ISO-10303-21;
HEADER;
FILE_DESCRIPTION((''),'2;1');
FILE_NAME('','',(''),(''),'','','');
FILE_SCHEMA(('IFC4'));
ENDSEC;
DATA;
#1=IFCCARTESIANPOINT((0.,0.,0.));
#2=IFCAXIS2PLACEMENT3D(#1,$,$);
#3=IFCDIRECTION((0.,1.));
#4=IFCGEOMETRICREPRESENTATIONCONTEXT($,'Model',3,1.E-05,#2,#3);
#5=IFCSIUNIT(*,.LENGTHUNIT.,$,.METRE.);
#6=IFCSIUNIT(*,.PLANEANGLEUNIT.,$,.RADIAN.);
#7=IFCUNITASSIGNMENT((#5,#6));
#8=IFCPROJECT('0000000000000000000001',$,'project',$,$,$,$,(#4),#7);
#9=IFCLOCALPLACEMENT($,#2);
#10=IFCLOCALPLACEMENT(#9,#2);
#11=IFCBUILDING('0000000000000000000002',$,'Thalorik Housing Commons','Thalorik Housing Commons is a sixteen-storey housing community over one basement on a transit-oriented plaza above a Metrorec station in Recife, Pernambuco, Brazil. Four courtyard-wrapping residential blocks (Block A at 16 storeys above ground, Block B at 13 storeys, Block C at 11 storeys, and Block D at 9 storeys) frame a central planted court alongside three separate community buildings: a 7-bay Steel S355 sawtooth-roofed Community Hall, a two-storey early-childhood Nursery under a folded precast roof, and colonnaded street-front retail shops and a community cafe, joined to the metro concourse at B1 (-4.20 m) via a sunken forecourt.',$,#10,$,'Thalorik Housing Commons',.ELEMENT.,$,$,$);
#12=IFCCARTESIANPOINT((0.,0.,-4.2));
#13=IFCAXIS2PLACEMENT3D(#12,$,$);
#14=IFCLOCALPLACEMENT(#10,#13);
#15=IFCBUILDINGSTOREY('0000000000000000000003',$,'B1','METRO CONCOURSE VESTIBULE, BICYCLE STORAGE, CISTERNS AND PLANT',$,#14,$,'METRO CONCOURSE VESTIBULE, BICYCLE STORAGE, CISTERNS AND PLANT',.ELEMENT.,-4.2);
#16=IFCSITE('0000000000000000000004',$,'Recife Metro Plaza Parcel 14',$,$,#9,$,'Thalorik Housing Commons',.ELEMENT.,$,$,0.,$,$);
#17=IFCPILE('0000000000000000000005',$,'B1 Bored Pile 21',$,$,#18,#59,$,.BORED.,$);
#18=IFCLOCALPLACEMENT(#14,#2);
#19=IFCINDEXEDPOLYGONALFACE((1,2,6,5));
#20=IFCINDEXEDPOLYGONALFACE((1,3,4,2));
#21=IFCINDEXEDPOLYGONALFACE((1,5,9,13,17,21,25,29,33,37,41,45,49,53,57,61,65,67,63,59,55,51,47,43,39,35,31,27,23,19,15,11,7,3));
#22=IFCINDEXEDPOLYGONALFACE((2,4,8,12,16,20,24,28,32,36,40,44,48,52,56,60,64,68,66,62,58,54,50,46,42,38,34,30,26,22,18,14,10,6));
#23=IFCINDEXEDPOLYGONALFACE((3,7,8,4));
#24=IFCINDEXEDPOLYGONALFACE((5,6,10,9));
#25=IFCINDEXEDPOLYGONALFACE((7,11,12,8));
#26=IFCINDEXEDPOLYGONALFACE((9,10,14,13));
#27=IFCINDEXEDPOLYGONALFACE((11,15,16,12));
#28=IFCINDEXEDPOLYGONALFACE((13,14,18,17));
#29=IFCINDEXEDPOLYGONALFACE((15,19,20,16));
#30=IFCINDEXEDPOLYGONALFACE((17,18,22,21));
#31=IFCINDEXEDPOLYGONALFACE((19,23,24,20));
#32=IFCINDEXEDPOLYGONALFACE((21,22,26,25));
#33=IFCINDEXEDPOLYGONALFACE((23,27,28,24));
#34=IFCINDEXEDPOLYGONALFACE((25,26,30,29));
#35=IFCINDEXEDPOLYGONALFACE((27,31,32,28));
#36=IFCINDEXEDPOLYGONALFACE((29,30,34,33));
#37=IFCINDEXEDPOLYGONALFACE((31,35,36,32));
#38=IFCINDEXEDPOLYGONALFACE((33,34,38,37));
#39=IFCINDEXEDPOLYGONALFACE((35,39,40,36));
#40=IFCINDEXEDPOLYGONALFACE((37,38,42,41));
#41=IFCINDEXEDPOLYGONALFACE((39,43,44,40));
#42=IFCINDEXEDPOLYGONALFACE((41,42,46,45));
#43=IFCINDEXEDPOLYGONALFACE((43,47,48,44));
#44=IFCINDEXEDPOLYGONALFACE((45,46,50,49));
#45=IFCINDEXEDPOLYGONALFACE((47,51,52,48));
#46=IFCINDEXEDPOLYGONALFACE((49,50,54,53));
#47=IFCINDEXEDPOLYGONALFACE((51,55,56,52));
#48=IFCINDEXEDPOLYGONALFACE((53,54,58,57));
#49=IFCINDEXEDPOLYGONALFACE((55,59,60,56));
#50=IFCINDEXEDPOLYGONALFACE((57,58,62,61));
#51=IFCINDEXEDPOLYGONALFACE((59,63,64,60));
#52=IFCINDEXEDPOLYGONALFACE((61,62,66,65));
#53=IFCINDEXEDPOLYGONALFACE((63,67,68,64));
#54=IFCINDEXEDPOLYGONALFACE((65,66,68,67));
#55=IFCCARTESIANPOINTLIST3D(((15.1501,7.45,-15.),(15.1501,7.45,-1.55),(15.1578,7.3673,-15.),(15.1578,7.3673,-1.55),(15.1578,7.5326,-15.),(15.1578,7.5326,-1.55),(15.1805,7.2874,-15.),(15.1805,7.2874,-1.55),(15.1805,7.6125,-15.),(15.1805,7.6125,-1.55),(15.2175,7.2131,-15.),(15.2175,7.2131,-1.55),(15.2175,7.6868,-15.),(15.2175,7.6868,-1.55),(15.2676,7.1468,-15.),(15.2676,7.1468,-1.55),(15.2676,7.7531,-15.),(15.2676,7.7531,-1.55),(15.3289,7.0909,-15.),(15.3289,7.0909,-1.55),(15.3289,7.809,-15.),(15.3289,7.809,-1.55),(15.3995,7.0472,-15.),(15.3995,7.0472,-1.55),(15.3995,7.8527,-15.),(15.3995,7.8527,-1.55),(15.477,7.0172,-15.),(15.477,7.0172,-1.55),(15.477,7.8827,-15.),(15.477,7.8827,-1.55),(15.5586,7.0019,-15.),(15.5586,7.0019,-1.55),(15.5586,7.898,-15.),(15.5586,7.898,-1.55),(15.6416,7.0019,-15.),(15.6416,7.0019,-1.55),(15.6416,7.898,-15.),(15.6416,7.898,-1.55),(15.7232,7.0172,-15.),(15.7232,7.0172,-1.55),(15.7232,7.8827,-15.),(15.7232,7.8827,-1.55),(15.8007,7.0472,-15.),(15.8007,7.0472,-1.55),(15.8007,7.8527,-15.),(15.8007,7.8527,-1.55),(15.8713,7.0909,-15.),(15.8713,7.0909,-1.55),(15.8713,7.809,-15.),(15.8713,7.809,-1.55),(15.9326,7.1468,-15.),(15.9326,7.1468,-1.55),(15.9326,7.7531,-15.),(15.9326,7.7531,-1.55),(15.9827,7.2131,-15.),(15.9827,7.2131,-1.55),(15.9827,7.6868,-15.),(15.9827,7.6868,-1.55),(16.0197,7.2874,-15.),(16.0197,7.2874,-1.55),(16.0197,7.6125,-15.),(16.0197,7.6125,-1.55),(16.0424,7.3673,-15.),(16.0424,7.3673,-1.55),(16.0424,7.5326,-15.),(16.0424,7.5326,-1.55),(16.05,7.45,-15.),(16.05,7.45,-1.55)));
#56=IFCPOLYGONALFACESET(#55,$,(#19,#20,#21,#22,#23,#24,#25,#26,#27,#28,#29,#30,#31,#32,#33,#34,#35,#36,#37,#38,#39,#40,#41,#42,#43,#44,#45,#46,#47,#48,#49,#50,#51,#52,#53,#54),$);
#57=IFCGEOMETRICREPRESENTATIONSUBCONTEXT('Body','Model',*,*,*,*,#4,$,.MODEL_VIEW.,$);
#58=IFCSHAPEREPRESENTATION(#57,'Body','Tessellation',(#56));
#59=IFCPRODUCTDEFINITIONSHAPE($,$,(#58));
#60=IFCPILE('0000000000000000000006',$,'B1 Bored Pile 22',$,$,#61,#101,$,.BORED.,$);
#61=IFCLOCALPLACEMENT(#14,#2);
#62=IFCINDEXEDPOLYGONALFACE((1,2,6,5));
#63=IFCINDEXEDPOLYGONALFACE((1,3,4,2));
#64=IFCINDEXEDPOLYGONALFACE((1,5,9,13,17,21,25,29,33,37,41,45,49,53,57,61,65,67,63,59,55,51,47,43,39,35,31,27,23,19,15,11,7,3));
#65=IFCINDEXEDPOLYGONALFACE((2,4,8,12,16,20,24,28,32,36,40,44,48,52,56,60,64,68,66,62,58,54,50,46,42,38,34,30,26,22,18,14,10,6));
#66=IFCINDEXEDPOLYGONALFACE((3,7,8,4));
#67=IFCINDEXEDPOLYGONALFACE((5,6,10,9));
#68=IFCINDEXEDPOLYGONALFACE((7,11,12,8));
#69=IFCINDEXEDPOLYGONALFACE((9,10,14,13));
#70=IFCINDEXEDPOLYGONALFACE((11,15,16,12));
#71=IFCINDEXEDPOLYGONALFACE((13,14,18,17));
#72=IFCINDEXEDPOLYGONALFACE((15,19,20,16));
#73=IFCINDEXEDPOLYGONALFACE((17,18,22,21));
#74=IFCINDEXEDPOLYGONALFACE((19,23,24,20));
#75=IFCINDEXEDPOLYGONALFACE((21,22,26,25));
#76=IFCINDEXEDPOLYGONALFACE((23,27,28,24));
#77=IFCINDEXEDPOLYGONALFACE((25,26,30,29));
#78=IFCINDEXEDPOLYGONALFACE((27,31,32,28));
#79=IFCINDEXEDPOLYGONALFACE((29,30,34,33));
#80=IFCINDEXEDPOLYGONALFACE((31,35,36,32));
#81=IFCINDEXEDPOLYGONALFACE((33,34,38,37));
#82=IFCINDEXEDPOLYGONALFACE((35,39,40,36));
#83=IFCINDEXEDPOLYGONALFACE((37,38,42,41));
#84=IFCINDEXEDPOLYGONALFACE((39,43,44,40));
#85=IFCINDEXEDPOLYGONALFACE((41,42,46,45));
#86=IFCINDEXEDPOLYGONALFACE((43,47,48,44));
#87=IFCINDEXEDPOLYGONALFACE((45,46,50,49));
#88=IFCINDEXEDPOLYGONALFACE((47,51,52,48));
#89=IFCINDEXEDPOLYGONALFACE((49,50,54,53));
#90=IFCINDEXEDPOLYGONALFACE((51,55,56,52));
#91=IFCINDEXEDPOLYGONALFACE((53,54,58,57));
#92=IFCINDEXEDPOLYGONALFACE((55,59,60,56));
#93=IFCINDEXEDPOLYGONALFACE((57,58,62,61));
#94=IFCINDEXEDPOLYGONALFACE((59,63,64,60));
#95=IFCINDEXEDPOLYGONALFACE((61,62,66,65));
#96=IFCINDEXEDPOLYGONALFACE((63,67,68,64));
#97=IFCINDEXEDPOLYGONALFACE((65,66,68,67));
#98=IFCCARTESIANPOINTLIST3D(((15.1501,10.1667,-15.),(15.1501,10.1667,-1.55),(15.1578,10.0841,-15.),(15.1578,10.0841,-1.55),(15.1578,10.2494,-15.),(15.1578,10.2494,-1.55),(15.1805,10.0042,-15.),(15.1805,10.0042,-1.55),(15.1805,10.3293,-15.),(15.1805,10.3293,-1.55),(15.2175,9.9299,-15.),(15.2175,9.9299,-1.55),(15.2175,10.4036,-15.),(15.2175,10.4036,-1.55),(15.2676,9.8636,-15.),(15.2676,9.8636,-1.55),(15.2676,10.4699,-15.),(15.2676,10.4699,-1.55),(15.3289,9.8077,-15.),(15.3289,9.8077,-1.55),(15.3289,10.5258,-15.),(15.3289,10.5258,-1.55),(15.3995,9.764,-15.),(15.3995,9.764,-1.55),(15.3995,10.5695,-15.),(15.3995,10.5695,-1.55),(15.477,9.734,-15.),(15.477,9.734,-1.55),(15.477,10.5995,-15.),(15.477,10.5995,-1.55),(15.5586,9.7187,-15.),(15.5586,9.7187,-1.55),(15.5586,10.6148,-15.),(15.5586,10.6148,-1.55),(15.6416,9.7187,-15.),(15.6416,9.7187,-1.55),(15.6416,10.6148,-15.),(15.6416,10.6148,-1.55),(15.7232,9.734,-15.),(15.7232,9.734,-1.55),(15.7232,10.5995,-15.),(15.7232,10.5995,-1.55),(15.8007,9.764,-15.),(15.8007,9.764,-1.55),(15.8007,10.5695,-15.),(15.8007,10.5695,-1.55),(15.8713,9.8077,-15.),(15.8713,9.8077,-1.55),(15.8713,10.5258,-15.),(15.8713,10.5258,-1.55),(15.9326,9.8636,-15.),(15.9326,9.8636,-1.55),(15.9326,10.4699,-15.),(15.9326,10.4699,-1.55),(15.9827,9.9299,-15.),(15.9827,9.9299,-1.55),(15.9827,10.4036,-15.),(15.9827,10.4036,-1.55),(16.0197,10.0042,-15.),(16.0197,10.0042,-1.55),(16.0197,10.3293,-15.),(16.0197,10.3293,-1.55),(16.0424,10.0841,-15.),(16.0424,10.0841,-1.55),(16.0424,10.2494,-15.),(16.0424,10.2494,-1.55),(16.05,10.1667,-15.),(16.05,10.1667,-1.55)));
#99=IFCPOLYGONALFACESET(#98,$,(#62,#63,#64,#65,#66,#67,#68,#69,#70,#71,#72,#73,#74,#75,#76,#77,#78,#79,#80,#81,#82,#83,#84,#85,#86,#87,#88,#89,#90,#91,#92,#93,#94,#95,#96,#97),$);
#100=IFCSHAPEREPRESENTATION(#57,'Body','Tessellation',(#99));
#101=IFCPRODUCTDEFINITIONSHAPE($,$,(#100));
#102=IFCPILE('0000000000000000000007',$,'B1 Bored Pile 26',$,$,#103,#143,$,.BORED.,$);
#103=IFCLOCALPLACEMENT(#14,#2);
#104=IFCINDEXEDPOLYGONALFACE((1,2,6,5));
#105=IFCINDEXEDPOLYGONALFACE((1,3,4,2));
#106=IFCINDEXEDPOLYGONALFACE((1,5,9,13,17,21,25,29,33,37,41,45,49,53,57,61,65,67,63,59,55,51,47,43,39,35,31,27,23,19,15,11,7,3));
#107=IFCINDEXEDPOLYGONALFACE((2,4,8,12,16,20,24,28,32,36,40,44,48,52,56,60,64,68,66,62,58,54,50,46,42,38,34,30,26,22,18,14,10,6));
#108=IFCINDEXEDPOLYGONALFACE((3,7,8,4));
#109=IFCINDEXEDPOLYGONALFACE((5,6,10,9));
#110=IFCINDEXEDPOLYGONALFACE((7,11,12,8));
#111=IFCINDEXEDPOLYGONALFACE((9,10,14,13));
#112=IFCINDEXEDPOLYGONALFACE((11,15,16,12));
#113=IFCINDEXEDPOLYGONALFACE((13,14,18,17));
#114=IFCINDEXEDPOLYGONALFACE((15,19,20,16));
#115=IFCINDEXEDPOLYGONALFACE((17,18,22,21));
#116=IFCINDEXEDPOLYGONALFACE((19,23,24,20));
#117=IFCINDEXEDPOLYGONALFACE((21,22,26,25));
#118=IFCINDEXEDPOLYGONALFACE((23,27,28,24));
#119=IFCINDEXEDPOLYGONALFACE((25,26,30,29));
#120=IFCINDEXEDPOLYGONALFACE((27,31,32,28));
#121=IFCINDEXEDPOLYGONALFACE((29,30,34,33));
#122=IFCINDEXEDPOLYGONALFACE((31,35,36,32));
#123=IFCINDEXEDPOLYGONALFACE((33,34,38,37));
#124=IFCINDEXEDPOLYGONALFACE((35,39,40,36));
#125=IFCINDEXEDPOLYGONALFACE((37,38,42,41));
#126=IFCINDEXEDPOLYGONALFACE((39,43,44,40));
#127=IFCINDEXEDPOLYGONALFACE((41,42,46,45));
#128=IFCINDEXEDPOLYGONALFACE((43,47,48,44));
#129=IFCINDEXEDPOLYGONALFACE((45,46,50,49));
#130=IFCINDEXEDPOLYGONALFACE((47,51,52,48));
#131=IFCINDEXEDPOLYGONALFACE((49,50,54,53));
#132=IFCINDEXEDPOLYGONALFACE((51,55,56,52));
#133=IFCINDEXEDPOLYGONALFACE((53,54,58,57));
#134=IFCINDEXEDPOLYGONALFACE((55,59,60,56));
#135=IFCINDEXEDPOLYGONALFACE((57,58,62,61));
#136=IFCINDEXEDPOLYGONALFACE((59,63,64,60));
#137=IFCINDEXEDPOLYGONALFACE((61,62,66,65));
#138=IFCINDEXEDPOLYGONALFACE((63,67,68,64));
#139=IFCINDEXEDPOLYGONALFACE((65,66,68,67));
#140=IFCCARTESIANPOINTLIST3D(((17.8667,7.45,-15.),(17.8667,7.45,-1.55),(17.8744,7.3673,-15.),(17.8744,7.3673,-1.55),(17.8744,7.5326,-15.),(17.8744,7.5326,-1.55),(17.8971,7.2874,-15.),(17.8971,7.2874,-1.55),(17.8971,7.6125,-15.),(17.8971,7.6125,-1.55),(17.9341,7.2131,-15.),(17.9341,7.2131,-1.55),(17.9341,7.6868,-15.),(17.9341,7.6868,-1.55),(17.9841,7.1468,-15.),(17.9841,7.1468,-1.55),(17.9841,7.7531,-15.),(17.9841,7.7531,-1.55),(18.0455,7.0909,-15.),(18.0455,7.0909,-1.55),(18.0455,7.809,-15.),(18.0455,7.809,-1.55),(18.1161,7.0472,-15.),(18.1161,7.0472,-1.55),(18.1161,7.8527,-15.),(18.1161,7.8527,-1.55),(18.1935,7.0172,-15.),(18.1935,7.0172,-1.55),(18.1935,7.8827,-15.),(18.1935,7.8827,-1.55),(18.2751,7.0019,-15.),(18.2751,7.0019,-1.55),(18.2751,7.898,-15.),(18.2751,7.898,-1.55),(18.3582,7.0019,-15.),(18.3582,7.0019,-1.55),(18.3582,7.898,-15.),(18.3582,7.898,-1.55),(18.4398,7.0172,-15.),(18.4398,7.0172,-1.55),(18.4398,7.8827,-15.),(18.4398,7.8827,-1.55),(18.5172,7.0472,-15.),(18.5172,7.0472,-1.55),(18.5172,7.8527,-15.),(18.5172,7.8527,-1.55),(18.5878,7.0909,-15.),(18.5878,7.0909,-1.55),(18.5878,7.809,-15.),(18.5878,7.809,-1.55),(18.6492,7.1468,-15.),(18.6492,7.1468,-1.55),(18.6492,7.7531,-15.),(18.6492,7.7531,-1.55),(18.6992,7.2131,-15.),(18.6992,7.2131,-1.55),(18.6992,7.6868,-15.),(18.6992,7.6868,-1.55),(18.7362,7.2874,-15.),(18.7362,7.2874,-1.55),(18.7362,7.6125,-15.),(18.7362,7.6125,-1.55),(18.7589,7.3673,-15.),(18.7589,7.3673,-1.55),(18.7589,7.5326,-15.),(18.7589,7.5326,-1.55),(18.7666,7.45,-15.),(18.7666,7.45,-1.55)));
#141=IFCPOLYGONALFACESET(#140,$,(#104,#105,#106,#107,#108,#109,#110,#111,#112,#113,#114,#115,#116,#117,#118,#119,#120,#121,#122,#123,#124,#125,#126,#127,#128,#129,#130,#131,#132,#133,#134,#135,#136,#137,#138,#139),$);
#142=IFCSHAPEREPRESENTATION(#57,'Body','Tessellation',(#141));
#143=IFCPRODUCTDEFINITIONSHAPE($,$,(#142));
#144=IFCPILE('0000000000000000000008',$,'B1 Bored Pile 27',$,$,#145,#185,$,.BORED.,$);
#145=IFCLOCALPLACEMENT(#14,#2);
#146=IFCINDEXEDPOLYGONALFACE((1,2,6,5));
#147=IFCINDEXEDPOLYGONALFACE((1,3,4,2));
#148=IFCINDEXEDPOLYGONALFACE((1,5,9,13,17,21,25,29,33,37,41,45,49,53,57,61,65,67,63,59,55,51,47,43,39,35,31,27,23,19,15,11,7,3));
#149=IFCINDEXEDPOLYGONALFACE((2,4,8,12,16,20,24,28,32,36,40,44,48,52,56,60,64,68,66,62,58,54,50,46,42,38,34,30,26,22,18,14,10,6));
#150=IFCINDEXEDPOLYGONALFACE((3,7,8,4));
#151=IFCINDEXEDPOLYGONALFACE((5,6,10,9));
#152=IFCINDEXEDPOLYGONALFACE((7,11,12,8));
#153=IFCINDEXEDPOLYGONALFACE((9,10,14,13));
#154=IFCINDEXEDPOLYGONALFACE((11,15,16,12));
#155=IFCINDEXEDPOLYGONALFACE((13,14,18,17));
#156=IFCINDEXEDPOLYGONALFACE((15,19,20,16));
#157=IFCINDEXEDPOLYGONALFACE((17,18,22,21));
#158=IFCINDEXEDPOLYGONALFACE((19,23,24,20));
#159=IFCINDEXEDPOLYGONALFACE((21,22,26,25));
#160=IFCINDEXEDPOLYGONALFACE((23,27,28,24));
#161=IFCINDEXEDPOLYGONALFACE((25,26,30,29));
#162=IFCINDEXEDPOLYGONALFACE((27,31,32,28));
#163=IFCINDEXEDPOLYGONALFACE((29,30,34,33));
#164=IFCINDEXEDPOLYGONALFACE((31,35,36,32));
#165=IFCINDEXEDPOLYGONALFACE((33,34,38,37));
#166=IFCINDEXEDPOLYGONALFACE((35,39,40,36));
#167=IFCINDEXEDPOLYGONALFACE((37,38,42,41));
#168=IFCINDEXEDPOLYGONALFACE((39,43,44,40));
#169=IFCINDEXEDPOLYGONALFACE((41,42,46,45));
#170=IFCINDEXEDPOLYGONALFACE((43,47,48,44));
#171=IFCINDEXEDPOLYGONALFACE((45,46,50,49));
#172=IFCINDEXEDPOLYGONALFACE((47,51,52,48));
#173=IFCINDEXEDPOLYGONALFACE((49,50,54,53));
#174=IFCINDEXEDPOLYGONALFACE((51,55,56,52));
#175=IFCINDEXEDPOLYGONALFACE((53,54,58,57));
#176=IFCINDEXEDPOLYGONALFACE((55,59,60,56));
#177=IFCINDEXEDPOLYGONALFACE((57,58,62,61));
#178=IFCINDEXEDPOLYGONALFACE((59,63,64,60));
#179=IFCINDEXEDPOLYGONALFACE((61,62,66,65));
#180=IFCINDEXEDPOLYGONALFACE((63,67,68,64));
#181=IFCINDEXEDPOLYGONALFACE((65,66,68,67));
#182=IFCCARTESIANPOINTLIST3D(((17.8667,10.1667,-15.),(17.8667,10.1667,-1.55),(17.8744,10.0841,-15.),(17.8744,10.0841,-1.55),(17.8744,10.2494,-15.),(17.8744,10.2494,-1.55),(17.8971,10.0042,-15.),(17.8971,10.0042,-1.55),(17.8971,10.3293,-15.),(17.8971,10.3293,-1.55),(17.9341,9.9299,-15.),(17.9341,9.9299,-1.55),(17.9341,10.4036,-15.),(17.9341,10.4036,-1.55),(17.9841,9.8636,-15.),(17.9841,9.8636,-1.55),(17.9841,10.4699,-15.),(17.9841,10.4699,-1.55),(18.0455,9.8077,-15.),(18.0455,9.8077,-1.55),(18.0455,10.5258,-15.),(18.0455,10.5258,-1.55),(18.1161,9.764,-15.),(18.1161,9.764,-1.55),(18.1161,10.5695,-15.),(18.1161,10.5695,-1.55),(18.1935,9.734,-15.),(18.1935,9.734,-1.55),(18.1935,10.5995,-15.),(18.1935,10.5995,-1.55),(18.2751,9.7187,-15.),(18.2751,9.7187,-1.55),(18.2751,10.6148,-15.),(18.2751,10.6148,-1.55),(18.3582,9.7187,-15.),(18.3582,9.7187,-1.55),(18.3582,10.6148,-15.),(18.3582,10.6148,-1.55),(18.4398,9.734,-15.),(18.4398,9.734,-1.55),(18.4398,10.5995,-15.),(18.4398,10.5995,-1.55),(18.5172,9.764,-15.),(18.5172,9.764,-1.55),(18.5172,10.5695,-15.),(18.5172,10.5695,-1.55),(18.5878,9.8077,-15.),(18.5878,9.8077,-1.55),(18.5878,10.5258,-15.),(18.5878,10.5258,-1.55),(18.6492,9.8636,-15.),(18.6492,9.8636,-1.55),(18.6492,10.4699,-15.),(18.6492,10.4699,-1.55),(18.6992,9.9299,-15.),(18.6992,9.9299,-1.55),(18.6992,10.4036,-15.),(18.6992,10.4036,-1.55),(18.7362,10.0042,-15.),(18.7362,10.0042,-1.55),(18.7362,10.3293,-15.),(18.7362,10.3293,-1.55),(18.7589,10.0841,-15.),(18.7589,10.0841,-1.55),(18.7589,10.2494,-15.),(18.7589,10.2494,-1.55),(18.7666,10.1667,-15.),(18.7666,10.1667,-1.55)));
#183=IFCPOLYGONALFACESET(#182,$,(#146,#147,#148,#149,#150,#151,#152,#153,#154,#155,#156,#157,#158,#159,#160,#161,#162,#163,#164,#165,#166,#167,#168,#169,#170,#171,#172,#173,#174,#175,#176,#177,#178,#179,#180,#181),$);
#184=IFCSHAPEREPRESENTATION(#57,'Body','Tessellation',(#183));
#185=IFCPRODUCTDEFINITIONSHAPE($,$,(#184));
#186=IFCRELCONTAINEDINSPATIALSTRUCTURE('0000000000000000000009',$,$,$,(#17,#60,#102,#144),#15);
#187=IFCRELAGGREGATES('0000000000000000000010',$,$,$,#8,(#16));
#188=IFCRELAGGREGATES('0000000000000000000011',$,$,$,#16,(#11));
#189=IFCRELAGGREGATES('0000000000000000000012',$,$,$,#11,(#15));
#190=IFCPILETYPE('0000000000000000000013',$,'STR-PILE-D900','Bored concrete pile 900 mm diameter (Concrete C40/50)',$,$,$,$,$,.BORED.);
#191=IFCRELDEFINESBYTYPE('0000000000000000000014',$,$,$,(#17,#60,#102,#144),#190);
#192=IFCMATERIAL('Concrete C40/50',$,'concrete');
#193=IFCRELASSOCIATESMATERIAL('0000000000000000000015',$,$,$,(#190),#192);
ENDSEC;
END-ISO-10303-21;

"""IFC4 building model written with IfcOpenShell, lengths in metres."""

from ifc_helpers import new_model, si_unit, direction, frame, origin, origin_2d, place, context, subcontext, project, spatial, circle, extrude, material, material_profile, profile_set, type_object, element, save


model = new_model("IFC4")

# Units and contexts
model_context = context("Model", 3, precision=1e-05, world=origin(), true_north=direction((0.0, 1.0)))
body_context = subcontext(model_context, "Body", "Model", "MODEL_VIEW")
ifc_project = project(units=[si_unit("LENGTHUNIT", "METRE"), si_unit("PLANEANGLEUNIT", "RADIAN")], contexts=[model_context])

# Site, building, storey
site_placement = place(None, origin())
site = spatial("IfcSite", under=ifc_project, at=site_placement, Name="Recife Metro Plaza Parcel 14", LongName="Thalorik Housing Commons", CompositionType="ELEMENT", RefElevation=0.0)
building_placement = place(site_placement, origin())
building = spatial("IfcBuilding", under=site, at=building_placement, Name="Thalorik Housing Commons", Description="Thalorik Housing Commons is a sixteen-storey housing community over one basement on a transit-oriented plaza above a Metrorec station in Recife, Pernambuco, Brazil. Four courtyard-wrapping residential blocks (Block A at 16 storeys above ground, Block B at 13 storeys, Block C at 11 storeys, and Block D at 9 storeys) frame a central planted court alongside three separate community buildings: a 7-bay Steel S355 sawtooth-roofed Community Hall, a two-storey early-childhood Nursery under a folded precast roof, and colonnaded street-front retail shops and a community cafe, joined to the metro concourse at B1 (-4.20 m) via a sunken forecourt.", LongName="Thalorik Housing Commons", CompositionType="ELEMENT")
storey_placement = place(building_placement, frame((0.0, 0.0, -4.2)))
storey = spatial("IfcBuildingStorey", under=building, at=storey_placement, Name="B1", Description="METRO CONCOURSE VESTIBULE, BICYCLE STORAGE, CISTERNS AND PLANT", LongName="METRO CONCOURSE VESTIBULE, BICYCLE STORAGE, CISTERNS AND PLANT", CompositionType="ELEMENT", Elevation=-4.2)

# Piles
ifc_material_1 = material(Name="Concrete C40/50", Category="concrete")
ifc_material_profile_1 = material_profile(ifc_material_1, circle(Radius=0.45, at=origin_2d()), Name="BORED PILE D900", Category="concrete")
ifc_profile_set_1 = profile_set([ifc_material_profile_1], Name="Concrete C40/50")
pile_type = type_object("IfcPileType", Name="STR-PILE-D900", Description="Bored concrete pile 900 mm diameter (Concrete C40/50)", PredefinedType="BORED", material=ifc_profile_set_1)
for number, where, z_axis, x_axis, name in (
    (1, (15.6001, 7.45, -1.55), (0.0, 0.0, -1.0), (1.0, 0.0, 0.0), "B1 Bored Pile 21"),
    (2, (15.6001, 10.1667, -1.55), (0.0, 0.0, -1.0), (1.0, 0.0, 0.0), "B1 Bored Pile 22"),
    (3, (18.3167, 7.45, -1.55), (0.0, 0.0, -1.0), (1.0, 0.0, 0.0), "B1 Bored Pile 26"),
    (4, (18.3167, 10.1667, -1.55), (0.0, 0.0, -1.0), (1.0, 0.0, 0.0), "B1 Bored Pile 27"),
):
    element("IfcPile", number, at=place(storey_placement, frame(where, z_axis=z_axis, x_axis=x_axis)), inside=storey, type_object=pile_type, Name=name, PredefinedType="BORED", context=body_context, shape_type="SweptSolid", body=[
        extrude(circle(Radius=0.45, at=origin_2d()), origin(), (0.0, 0.0, 1.0), 13.45),
    ])

save(model, "model.ifc")
